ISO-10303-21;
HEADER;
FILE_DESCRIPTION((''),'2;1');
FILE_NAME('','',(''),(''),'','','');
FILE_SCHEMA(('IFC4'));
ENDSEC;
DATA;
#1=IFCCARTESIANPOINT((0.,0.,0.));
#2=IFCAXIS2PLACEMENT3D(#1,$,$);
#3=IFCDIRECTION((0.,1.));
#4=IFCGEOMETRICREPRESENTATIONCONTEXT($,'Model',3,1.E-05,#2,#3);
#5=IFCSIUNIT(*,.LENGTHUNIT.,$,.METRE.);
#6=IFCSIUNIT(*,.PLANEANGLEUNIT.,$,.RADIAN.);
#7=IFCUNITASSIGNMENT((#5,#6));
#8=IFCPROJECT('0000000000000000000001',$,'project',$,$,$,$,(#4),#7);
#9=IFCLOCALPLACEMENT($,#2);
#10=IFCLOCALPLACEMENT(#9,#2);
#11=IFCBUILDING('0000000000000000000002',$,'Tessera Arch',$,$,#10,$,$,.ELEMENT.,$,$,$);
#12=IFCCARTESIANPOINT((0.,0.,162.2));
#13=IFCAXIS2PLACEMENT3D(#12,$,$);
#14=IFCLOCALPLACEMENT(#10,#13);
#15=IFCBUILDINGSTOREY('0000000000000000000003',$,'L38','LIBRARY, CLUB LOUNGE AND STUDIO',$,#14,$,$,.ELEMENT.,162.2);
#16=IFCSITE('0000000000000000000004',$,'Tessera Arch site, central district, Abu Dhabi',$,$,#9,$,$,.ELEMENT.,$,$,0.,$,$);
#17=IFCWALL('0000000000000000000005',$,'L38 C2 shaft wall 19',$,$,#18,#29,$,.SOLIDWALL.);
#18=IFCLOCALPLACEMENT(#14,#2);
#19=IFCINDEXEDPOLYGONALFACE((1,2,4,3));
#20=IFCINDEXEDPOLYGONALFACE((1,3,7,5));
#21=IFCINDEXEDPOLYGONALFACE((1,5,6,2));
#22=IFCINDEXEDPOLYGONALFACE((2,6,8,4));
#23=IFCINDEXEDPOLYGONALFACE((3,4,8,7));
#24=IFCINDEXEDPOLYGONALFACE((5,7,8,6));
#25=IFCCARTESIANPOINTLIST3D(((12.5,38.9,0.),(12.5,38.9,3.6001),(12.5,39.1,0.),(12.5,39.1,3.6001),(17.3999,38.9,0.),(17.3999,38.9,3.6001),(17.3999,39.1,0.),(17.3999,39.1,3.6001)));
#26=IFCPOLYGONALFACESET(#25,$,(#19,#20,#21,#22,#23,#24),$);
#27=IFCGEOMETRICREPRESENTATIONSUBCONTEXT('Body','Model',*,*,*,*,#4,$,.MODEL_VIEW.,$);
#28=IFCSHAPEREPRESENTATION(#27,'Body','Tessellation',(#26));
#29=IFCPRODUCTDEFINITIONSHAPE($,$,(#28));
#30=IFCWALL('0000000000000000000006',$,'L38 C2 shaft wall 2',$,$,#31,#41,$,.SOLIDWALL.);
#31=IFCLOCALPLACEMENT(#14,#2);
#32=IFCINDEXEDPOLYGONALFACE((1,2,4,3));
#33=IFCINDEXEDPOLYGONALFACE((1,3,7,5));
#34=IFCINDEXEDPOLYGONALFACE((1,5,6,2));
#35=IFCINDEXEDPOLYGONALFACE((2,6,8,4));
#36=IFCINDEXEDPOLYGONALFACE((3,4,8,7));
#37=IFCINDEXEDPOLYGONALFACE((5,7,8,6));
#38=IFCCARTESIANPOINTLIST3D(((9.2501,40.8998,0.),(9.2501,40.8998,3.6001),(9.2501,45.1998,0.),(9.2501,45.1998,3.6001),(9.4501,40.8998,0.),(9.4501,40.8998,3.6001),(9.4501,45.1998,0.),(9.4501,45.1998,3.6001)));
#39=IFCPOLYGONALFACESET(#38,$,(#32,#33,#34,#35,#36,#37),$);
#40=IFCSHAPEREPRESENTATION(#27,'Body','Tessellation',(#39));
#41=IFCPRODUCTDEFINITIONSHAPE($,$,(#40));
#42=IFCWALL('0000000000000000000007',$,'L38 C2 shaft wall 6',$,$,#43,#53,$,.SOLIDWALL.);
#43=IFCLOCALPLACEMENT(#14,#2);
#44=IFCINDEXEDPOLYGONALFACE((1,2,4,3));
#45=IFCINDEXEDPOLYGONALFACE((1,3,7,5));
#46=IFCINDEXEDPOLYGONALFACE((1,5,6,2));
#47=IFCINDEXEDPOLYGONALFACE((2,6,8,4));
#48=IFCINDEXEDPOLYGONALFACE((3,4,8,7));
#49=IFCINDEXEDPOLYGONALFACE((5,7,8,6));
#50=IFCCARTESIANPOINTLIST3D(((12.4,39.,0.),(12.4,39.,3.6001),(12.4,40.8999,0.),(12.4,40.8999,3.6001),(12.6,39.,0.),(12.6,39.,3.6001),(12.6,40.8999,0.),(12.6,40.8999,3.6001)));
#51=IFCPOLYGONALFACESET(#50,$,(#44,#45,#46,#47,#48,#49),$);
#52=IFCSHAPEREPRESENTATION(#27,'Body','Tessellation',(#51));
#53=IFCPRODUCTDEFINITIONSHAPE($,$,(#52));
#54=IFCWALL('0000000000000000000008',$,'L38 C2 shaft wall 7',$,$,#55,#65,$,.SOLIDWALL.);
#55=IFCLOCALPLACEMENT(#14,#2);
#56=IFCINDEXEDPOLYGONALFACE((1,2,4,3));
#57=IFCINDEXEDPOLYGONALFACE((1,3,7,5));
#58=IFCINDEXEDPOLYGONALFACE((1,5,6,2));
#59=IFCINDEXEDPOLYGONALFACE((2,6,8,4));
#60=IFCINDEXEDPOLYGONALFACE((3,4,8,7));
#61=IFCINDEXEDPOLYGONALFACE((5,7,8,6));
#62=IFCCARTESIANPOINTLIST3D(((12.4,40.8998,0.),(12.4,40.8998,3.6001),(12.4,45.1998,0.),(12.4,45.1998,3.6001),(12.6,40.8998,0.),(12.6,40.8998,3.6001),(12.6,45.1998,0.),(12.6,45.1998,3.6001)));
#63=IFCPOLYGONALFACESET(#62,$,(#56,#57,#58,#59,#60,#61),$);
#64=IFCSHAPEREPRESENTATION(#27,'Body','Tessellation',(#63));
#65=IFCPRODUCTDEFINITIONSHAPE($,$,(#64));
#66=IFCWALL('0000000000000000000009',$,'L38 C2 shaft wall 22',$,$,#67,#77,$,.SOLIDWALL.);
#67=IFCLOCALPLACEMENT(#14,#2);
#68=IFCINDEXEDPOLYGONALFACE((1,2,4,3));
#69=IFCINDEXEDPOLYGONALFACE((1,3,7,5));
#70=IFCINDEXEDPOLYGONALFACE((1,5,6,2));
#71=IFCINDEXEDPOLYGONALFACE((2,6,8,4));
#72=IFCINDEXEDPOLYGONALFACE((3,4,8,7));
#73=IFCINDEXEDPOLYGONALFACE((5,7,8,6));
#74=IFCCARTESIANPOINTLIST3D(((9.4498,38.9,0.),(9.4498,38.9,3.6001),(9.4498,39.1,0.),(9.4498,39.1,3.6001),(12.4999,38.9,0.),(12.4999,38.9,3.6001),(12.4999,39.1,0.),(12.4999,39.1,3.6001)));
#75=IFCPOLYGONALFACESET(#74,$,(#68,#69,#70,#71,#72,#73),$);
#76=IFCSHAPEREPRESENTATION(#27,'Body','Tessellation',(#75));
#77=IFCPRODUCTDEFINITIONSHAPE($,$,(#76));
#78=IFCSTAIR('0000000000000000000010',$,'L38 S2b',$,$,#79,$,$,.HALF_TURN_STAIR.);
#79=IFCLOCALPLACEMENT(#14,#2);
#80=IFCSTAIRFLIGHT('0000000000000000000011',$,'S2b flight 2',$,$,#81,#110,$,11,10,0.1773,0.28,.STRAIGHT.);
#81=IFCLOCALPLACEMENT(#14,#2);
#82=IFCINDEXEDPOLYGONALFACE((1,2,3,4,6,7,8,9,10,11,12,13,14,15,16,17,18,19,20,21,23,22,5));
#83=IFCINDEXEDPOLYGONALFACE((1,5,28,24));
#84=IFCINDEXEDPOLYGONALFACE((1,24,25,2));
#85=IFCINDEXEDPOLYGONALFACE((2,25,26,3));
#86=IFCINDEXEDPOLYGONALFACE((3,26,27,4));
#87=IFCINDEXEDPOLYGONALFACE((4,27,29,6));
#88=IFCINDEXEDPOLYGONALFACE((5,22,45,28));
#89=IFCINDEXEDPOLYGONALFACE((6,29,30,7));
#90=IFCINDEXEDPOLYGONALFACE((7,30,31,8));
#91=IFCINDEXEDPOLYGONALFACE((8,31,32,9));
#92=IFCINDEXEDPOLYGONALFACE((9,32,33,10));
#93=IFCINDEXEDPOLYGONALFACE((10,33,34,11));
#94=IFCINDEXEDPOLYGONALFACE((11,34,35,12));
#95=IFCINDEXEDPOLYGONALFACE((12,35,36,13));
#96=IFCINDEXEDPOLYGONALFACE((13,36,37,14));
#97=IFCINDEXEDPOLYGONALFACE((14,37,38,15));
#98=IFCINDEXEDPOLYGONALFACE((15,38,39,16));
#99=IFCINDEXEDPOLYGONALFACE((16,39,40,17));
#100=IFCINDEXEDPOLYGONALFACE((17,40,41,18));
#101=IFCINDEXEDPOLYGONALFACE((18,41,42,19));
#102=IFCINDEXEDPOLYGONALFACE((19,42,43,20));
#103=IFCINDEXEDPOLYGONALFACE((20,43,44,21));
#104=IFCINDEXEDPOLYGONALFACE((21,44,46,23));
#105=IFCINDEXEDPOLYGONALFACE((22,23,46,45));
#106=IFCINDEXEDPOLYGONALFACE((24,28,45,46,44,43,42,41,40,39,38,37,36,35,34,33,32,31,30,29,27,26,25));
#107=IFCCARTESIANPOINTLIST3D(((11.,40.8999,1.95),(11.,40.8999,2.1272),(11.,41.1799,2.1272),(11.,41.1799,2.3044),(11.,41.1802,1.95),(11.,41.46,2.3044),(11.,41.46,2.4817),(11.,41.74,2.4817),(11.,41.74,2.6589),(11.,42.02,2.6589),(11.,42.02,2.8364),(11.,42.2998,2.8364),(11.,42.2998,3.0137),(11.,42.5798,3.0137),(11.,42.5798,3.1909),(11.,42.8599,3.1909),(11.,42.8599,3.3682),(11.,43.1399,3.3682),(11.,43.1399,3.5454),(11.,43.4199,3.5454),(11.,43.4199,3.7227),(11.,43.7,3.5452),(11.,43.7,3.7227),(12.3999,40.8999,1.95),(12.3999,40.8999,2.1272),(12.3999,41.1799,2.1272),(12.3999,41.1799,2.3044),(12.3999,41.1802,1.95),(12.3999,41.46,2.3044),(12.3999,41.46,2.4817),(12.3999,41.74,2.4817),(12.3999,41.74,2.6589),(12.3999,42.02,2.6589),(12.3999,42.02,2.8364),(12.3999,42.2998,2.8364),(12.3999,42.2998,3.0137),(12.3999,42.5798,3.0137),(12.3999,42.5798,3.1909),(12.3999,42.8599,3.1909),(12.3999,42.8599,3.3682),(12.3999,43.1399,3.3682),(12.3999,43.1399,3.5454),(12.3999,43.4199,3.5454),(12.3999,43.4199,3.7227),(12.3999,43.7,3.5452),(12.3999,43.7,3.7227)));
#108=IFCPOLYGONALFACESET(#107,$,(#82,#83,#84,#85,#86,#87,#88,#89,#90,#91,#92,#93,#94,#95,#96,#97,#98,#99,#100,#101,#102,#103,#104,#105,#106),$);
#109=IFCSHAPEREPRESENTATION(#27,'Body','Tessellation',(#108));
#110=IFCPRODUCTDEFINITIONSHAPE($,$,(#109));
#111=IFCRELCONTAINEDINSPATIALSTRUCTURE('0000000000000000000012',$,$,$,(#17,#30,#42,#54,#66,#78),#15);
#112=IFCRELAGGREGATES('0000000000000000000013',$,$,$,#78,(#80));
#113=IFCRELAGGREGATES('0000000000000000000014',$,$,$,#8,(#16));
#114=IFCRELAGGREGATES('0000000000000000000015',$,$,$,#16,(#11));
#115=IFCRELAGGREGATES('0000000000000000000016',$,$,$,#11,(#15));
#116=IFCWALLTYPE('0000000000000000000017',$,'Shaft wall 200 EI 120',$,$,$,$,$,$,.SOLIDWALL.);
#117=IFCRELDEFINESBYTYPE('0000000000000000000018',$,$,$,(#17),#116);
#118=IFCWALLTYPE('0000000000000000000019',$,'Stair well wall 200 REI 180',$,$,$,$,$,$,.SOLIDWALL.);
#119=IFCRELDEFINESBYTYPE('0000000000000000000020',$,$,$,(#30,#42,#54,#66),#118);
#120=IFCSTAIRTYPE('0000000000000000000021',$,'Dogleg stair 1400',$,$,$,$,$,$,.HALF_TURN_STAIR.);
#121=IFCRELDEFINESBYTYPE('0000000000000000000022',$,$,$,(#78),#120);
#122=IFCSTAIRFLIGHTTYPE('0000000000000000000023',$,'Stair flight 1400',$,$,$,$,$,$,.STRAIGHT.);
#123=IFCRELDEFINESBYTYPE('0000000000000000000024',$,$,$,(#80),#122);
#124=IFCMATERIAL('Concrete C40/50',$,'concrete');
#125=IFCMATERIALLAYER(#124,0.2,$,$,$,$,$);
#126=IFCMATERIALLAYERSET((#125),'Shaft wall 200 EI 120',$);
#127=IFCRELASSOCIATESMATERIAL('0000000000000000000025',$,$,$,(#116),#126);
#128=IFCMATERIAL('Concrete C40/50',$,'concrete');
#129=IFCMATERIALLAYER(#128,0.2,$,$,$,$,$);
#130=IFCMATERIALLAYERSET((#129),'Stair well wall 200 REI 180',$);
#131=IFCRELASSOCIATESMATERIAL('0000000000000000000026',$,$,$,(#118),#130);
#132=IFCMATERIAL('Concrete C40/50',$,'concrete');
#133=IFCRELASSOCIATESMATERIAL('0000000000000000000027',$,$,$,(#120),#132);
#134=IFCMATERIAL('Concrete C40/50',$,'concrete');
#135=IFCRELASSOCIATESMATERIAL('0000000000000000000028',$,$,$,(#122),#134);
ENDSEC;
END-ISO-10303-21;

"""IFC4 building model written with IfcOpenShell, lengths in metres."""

from ifc_helpers import new_model, si_unit, direction, frame, frame_2d, origin, place, context, subcontext, project, spatial, polyline, rectangle, outline, extrude, material, layer, layer_set, type_object, element, aggregate, save


model = new_model("IFC4")

# Units and contexts
model_context = context("Model", 3, precision=1e-05, world=origin(), true_north=direction((0.0, 1.0)))
body_context = subcontext(model_context, "Body", "Model", "MODEL_VIEW")
ifc_project = project(units=[si_unit("LENGTHUNIT", "METRE"), si_unit("PLANEANGLEUNIT", "RADIAN")], contexts=[model_context])

# Site, building, storey
site_placement = place(None, origin())
site = spatial("IfcSite", under=ifc_project, at=site_placement, Name="Tessera Arch site, central district, Abu Dhabi", CompositionType="ELEMENT", RefElevation=0.0)
building_placement = place(site_placement, origin())
building = spatial("IfcBuilding", under=site, at=building_placement, Name="Tessera Arch", CompositionType="ELEMENT")
storey_placement = place(building_placement, frame((0.0, 0.0, 162.2)))
storey = spatial("IfcBuildingStorey", under=building, at=storey_placement, Name="L38", Description="LIBRARY, CLUB LOUNGE AND STUDIO", CompositionType="ELEMENT", Elevation=162.2)

# Walls
ifc_material_1 = material(Name="Concrete C40/50", Category="concrete")
ifc_layer_1 = layer(ifc_material_1, 0.2)
ifc_layer_set_1 = layer_set([ifc_layer_1], Name="Shaft wall 200 EI 120")
wall_type_1 = type_object("IfcWallType", Name="Shaft wall 200 EI 120", PredefinedType="SOLIDWALL", material=ifc_layer_set_1)
wall_1_placement = place(storey_placement, frame((12.5, 39.0, 0.0), z_axis=(0.0, 0.0, 1.0), x_axis=(1.0, 0.0, 0.0)))
element("IfcWall", 1, at=wall_1_placement, inside=storey, type_object=wall_type_1, Name="L38 C2 shaft wall 19", PredefinedType="SOLIDWALL", context=body_context, shape_type="SweptSolid", body=[
    extrude(rectangle(XDim=4.8999, YDim=0.2, at=frame_2d((2.45, 0.0))), origin(), (0.0, 0.0, 1.0), 3.6001),
])
ifc_material_2 = material(Name="Concrete C40/50", Category="concrete")
ifc_layer_2 = layer(ifc_material_2, 0.2)
ifc_layer_set_2 = layer_set([ifc_layer_2], Name="Stair well wall 200 REI 180")
wall_type_2 = type_object("IfcWallType", Name="Stair well wall 200 REI 180", PredefinedType="SOLIDWALL", material=ifc_layer_set_2)
wall_2_placement = place(storey_placement, frame((9.3501, 40.8999, 0.0), z_axis=(0.0, 0.0, 1.0), x_axis=(0.0, 1.0, 0.0)))
element("IfcWall", 2, at=wall_2_placement, inside=storey, type_object=wall_type_2, Name="L38 C2 shaft wall 2", PredefinedType="SOLIDWALL", context=body_context, shape_type="SweptSolid", body=[
    extrude(rectangle(XDim=4.3, YDim=0.2, at=frame_2d((2.1499, 0.0))), origin(), (0.0, 0.0, 1.0), 3.6001),
])
wall_3_placement = place(storey_placement, frame((12.5, 39.0, 0.0), z_axis=(0.0, 0.0, 1.0), x_axis=(0.0, 1.0, 0.0)))
element("IfcWall", 3, at=wall_3_placement, inside=storey, type_object=wall_type_2, Name="L38 C2 shaft wall 6", PredefinedType="SOLIDWALL", context=body_context, shape_type="SweptSolid", body=[
    extrude(rectangle(XDim=1.8999, YDim=0.2, at=frame_2d((0.95, 0.0))), origin(), (0.0, 0.0, 1.0), 3.6001),
])
wall_4_placement = place(storey_placement, frame((12.5, 40.8999, 0.0), z_axis=(0.0, 0.0, 1.0), x_axis=(0.0, 1.0, 0.0)))
element("IfcWall", 4, at=wall_4_placement, inside=storey, type_object=wall_type_2, Name="L38 C2 shaft wall 7", PredefinedType="SOLIDWALL", context=body_context, shape_type="SweptSolid", body=[
    extrude(rectangle(XDim=4.3, YDim=0.2, at=frame_2d((2.1499, 0.0))), origin(), (0.0, 0.0, 1.0), 3.6001),
])
wall_5_placement = place(storey_placement, frame((9.45, 39.0, 0.0), z_axis=(0.0, 0.0, 1.0), x_axis=(1.0, 0.0, 0.0)))
element("IfcWall", 5, at=wall_5_placement, inside=storey, type_object=wall_type_2, Name="L38 C2 shaft wall 22", PredefinedType="SOLIDWALL", context=body_context, shape_type="SweptSolid", body=[
    extrude(rectangle(XDim=3.05, YDim=0.2, at=frame_2d((1.5249, 0.0))), origin(), (0.0, 0.0, 1.0), 3.6001),
])

# Stair, stair flight
ifc_material_3 = material(Name="Concrete C40/50", Category="concrete")
stair_type = type_object("IfcStairType", Name="Dogleg stair 1400", PredefinedType="HALF_TURN_STAIR", material=ifc_material_3)
stair_placement = place(storey_placement, origin())
stair = element("IfcStair", 6, at=stair_placement, inside=storey, type_object=stair_type, Name="L38 S2b", PredefinedType="HALF_TURN_STAIR")
ifc_material_4 = material(Name="Concrete C40/50", Category="concrete")
stair_flight_type = type_object("IfcStairFlightType", Name="Stair flight 1400", PredefinedType="STRAIGHT", material=ifc_material_4)
stair_flight_placement = place(storey_placement, frame((11.7, 40.8999, 1.95), z_axis=(0.0, 0.0, 1.0), x_axis=(0.0, 1.0, 0.0)))
stair_flight = element("IfcStairFlight", 7, at=stair_flight_placement, type_object=stair_flight_type, Name="S2b flight 2", NumberOfRisers=11, NumberOfTreads=10, PredefinedType="STRAIGHT", RiserHeight=0.1773, TreadLength=0.28, context=body_context, shape_type="SweptSolid", body=[
    extrude(outline(polyline([(0.0, 0.0), (0.0, 0.1772), (0.28, 0.1772), (0.28, 0.3545), (0.5601, 0.3545), (0.5601, 0.5317), (0.8401, 0.5317), (0.8401, 0.709), (1.1201, 0.709), (1.1201, 0.8865), (1.3999, 0.8865), (1.3999, 1.0637), (1.6799, 1.0637), (1.6799, 1.241), (1.96, 1.241), (1.96, 1.4182), (2.24, 1.4182), (2.24, 1.5955), (2.52, 1.5955), (2.52, 1.7727), (2.8, 1.7727), (2.8, 1.95), (2.8, 1.5952), (0.2803, 0.0), (0.0, 0.0)])), frame((0.0, 0.7, 0.0), z_axis=(0.0, -1.0, 0.0), x_axis=(1.0, 0.0, 0.0)), (0.0, 0.0, 1.0), 1.3999),
])
aggregate(stair, [stair_flight])

save(model, "model.ifc")
